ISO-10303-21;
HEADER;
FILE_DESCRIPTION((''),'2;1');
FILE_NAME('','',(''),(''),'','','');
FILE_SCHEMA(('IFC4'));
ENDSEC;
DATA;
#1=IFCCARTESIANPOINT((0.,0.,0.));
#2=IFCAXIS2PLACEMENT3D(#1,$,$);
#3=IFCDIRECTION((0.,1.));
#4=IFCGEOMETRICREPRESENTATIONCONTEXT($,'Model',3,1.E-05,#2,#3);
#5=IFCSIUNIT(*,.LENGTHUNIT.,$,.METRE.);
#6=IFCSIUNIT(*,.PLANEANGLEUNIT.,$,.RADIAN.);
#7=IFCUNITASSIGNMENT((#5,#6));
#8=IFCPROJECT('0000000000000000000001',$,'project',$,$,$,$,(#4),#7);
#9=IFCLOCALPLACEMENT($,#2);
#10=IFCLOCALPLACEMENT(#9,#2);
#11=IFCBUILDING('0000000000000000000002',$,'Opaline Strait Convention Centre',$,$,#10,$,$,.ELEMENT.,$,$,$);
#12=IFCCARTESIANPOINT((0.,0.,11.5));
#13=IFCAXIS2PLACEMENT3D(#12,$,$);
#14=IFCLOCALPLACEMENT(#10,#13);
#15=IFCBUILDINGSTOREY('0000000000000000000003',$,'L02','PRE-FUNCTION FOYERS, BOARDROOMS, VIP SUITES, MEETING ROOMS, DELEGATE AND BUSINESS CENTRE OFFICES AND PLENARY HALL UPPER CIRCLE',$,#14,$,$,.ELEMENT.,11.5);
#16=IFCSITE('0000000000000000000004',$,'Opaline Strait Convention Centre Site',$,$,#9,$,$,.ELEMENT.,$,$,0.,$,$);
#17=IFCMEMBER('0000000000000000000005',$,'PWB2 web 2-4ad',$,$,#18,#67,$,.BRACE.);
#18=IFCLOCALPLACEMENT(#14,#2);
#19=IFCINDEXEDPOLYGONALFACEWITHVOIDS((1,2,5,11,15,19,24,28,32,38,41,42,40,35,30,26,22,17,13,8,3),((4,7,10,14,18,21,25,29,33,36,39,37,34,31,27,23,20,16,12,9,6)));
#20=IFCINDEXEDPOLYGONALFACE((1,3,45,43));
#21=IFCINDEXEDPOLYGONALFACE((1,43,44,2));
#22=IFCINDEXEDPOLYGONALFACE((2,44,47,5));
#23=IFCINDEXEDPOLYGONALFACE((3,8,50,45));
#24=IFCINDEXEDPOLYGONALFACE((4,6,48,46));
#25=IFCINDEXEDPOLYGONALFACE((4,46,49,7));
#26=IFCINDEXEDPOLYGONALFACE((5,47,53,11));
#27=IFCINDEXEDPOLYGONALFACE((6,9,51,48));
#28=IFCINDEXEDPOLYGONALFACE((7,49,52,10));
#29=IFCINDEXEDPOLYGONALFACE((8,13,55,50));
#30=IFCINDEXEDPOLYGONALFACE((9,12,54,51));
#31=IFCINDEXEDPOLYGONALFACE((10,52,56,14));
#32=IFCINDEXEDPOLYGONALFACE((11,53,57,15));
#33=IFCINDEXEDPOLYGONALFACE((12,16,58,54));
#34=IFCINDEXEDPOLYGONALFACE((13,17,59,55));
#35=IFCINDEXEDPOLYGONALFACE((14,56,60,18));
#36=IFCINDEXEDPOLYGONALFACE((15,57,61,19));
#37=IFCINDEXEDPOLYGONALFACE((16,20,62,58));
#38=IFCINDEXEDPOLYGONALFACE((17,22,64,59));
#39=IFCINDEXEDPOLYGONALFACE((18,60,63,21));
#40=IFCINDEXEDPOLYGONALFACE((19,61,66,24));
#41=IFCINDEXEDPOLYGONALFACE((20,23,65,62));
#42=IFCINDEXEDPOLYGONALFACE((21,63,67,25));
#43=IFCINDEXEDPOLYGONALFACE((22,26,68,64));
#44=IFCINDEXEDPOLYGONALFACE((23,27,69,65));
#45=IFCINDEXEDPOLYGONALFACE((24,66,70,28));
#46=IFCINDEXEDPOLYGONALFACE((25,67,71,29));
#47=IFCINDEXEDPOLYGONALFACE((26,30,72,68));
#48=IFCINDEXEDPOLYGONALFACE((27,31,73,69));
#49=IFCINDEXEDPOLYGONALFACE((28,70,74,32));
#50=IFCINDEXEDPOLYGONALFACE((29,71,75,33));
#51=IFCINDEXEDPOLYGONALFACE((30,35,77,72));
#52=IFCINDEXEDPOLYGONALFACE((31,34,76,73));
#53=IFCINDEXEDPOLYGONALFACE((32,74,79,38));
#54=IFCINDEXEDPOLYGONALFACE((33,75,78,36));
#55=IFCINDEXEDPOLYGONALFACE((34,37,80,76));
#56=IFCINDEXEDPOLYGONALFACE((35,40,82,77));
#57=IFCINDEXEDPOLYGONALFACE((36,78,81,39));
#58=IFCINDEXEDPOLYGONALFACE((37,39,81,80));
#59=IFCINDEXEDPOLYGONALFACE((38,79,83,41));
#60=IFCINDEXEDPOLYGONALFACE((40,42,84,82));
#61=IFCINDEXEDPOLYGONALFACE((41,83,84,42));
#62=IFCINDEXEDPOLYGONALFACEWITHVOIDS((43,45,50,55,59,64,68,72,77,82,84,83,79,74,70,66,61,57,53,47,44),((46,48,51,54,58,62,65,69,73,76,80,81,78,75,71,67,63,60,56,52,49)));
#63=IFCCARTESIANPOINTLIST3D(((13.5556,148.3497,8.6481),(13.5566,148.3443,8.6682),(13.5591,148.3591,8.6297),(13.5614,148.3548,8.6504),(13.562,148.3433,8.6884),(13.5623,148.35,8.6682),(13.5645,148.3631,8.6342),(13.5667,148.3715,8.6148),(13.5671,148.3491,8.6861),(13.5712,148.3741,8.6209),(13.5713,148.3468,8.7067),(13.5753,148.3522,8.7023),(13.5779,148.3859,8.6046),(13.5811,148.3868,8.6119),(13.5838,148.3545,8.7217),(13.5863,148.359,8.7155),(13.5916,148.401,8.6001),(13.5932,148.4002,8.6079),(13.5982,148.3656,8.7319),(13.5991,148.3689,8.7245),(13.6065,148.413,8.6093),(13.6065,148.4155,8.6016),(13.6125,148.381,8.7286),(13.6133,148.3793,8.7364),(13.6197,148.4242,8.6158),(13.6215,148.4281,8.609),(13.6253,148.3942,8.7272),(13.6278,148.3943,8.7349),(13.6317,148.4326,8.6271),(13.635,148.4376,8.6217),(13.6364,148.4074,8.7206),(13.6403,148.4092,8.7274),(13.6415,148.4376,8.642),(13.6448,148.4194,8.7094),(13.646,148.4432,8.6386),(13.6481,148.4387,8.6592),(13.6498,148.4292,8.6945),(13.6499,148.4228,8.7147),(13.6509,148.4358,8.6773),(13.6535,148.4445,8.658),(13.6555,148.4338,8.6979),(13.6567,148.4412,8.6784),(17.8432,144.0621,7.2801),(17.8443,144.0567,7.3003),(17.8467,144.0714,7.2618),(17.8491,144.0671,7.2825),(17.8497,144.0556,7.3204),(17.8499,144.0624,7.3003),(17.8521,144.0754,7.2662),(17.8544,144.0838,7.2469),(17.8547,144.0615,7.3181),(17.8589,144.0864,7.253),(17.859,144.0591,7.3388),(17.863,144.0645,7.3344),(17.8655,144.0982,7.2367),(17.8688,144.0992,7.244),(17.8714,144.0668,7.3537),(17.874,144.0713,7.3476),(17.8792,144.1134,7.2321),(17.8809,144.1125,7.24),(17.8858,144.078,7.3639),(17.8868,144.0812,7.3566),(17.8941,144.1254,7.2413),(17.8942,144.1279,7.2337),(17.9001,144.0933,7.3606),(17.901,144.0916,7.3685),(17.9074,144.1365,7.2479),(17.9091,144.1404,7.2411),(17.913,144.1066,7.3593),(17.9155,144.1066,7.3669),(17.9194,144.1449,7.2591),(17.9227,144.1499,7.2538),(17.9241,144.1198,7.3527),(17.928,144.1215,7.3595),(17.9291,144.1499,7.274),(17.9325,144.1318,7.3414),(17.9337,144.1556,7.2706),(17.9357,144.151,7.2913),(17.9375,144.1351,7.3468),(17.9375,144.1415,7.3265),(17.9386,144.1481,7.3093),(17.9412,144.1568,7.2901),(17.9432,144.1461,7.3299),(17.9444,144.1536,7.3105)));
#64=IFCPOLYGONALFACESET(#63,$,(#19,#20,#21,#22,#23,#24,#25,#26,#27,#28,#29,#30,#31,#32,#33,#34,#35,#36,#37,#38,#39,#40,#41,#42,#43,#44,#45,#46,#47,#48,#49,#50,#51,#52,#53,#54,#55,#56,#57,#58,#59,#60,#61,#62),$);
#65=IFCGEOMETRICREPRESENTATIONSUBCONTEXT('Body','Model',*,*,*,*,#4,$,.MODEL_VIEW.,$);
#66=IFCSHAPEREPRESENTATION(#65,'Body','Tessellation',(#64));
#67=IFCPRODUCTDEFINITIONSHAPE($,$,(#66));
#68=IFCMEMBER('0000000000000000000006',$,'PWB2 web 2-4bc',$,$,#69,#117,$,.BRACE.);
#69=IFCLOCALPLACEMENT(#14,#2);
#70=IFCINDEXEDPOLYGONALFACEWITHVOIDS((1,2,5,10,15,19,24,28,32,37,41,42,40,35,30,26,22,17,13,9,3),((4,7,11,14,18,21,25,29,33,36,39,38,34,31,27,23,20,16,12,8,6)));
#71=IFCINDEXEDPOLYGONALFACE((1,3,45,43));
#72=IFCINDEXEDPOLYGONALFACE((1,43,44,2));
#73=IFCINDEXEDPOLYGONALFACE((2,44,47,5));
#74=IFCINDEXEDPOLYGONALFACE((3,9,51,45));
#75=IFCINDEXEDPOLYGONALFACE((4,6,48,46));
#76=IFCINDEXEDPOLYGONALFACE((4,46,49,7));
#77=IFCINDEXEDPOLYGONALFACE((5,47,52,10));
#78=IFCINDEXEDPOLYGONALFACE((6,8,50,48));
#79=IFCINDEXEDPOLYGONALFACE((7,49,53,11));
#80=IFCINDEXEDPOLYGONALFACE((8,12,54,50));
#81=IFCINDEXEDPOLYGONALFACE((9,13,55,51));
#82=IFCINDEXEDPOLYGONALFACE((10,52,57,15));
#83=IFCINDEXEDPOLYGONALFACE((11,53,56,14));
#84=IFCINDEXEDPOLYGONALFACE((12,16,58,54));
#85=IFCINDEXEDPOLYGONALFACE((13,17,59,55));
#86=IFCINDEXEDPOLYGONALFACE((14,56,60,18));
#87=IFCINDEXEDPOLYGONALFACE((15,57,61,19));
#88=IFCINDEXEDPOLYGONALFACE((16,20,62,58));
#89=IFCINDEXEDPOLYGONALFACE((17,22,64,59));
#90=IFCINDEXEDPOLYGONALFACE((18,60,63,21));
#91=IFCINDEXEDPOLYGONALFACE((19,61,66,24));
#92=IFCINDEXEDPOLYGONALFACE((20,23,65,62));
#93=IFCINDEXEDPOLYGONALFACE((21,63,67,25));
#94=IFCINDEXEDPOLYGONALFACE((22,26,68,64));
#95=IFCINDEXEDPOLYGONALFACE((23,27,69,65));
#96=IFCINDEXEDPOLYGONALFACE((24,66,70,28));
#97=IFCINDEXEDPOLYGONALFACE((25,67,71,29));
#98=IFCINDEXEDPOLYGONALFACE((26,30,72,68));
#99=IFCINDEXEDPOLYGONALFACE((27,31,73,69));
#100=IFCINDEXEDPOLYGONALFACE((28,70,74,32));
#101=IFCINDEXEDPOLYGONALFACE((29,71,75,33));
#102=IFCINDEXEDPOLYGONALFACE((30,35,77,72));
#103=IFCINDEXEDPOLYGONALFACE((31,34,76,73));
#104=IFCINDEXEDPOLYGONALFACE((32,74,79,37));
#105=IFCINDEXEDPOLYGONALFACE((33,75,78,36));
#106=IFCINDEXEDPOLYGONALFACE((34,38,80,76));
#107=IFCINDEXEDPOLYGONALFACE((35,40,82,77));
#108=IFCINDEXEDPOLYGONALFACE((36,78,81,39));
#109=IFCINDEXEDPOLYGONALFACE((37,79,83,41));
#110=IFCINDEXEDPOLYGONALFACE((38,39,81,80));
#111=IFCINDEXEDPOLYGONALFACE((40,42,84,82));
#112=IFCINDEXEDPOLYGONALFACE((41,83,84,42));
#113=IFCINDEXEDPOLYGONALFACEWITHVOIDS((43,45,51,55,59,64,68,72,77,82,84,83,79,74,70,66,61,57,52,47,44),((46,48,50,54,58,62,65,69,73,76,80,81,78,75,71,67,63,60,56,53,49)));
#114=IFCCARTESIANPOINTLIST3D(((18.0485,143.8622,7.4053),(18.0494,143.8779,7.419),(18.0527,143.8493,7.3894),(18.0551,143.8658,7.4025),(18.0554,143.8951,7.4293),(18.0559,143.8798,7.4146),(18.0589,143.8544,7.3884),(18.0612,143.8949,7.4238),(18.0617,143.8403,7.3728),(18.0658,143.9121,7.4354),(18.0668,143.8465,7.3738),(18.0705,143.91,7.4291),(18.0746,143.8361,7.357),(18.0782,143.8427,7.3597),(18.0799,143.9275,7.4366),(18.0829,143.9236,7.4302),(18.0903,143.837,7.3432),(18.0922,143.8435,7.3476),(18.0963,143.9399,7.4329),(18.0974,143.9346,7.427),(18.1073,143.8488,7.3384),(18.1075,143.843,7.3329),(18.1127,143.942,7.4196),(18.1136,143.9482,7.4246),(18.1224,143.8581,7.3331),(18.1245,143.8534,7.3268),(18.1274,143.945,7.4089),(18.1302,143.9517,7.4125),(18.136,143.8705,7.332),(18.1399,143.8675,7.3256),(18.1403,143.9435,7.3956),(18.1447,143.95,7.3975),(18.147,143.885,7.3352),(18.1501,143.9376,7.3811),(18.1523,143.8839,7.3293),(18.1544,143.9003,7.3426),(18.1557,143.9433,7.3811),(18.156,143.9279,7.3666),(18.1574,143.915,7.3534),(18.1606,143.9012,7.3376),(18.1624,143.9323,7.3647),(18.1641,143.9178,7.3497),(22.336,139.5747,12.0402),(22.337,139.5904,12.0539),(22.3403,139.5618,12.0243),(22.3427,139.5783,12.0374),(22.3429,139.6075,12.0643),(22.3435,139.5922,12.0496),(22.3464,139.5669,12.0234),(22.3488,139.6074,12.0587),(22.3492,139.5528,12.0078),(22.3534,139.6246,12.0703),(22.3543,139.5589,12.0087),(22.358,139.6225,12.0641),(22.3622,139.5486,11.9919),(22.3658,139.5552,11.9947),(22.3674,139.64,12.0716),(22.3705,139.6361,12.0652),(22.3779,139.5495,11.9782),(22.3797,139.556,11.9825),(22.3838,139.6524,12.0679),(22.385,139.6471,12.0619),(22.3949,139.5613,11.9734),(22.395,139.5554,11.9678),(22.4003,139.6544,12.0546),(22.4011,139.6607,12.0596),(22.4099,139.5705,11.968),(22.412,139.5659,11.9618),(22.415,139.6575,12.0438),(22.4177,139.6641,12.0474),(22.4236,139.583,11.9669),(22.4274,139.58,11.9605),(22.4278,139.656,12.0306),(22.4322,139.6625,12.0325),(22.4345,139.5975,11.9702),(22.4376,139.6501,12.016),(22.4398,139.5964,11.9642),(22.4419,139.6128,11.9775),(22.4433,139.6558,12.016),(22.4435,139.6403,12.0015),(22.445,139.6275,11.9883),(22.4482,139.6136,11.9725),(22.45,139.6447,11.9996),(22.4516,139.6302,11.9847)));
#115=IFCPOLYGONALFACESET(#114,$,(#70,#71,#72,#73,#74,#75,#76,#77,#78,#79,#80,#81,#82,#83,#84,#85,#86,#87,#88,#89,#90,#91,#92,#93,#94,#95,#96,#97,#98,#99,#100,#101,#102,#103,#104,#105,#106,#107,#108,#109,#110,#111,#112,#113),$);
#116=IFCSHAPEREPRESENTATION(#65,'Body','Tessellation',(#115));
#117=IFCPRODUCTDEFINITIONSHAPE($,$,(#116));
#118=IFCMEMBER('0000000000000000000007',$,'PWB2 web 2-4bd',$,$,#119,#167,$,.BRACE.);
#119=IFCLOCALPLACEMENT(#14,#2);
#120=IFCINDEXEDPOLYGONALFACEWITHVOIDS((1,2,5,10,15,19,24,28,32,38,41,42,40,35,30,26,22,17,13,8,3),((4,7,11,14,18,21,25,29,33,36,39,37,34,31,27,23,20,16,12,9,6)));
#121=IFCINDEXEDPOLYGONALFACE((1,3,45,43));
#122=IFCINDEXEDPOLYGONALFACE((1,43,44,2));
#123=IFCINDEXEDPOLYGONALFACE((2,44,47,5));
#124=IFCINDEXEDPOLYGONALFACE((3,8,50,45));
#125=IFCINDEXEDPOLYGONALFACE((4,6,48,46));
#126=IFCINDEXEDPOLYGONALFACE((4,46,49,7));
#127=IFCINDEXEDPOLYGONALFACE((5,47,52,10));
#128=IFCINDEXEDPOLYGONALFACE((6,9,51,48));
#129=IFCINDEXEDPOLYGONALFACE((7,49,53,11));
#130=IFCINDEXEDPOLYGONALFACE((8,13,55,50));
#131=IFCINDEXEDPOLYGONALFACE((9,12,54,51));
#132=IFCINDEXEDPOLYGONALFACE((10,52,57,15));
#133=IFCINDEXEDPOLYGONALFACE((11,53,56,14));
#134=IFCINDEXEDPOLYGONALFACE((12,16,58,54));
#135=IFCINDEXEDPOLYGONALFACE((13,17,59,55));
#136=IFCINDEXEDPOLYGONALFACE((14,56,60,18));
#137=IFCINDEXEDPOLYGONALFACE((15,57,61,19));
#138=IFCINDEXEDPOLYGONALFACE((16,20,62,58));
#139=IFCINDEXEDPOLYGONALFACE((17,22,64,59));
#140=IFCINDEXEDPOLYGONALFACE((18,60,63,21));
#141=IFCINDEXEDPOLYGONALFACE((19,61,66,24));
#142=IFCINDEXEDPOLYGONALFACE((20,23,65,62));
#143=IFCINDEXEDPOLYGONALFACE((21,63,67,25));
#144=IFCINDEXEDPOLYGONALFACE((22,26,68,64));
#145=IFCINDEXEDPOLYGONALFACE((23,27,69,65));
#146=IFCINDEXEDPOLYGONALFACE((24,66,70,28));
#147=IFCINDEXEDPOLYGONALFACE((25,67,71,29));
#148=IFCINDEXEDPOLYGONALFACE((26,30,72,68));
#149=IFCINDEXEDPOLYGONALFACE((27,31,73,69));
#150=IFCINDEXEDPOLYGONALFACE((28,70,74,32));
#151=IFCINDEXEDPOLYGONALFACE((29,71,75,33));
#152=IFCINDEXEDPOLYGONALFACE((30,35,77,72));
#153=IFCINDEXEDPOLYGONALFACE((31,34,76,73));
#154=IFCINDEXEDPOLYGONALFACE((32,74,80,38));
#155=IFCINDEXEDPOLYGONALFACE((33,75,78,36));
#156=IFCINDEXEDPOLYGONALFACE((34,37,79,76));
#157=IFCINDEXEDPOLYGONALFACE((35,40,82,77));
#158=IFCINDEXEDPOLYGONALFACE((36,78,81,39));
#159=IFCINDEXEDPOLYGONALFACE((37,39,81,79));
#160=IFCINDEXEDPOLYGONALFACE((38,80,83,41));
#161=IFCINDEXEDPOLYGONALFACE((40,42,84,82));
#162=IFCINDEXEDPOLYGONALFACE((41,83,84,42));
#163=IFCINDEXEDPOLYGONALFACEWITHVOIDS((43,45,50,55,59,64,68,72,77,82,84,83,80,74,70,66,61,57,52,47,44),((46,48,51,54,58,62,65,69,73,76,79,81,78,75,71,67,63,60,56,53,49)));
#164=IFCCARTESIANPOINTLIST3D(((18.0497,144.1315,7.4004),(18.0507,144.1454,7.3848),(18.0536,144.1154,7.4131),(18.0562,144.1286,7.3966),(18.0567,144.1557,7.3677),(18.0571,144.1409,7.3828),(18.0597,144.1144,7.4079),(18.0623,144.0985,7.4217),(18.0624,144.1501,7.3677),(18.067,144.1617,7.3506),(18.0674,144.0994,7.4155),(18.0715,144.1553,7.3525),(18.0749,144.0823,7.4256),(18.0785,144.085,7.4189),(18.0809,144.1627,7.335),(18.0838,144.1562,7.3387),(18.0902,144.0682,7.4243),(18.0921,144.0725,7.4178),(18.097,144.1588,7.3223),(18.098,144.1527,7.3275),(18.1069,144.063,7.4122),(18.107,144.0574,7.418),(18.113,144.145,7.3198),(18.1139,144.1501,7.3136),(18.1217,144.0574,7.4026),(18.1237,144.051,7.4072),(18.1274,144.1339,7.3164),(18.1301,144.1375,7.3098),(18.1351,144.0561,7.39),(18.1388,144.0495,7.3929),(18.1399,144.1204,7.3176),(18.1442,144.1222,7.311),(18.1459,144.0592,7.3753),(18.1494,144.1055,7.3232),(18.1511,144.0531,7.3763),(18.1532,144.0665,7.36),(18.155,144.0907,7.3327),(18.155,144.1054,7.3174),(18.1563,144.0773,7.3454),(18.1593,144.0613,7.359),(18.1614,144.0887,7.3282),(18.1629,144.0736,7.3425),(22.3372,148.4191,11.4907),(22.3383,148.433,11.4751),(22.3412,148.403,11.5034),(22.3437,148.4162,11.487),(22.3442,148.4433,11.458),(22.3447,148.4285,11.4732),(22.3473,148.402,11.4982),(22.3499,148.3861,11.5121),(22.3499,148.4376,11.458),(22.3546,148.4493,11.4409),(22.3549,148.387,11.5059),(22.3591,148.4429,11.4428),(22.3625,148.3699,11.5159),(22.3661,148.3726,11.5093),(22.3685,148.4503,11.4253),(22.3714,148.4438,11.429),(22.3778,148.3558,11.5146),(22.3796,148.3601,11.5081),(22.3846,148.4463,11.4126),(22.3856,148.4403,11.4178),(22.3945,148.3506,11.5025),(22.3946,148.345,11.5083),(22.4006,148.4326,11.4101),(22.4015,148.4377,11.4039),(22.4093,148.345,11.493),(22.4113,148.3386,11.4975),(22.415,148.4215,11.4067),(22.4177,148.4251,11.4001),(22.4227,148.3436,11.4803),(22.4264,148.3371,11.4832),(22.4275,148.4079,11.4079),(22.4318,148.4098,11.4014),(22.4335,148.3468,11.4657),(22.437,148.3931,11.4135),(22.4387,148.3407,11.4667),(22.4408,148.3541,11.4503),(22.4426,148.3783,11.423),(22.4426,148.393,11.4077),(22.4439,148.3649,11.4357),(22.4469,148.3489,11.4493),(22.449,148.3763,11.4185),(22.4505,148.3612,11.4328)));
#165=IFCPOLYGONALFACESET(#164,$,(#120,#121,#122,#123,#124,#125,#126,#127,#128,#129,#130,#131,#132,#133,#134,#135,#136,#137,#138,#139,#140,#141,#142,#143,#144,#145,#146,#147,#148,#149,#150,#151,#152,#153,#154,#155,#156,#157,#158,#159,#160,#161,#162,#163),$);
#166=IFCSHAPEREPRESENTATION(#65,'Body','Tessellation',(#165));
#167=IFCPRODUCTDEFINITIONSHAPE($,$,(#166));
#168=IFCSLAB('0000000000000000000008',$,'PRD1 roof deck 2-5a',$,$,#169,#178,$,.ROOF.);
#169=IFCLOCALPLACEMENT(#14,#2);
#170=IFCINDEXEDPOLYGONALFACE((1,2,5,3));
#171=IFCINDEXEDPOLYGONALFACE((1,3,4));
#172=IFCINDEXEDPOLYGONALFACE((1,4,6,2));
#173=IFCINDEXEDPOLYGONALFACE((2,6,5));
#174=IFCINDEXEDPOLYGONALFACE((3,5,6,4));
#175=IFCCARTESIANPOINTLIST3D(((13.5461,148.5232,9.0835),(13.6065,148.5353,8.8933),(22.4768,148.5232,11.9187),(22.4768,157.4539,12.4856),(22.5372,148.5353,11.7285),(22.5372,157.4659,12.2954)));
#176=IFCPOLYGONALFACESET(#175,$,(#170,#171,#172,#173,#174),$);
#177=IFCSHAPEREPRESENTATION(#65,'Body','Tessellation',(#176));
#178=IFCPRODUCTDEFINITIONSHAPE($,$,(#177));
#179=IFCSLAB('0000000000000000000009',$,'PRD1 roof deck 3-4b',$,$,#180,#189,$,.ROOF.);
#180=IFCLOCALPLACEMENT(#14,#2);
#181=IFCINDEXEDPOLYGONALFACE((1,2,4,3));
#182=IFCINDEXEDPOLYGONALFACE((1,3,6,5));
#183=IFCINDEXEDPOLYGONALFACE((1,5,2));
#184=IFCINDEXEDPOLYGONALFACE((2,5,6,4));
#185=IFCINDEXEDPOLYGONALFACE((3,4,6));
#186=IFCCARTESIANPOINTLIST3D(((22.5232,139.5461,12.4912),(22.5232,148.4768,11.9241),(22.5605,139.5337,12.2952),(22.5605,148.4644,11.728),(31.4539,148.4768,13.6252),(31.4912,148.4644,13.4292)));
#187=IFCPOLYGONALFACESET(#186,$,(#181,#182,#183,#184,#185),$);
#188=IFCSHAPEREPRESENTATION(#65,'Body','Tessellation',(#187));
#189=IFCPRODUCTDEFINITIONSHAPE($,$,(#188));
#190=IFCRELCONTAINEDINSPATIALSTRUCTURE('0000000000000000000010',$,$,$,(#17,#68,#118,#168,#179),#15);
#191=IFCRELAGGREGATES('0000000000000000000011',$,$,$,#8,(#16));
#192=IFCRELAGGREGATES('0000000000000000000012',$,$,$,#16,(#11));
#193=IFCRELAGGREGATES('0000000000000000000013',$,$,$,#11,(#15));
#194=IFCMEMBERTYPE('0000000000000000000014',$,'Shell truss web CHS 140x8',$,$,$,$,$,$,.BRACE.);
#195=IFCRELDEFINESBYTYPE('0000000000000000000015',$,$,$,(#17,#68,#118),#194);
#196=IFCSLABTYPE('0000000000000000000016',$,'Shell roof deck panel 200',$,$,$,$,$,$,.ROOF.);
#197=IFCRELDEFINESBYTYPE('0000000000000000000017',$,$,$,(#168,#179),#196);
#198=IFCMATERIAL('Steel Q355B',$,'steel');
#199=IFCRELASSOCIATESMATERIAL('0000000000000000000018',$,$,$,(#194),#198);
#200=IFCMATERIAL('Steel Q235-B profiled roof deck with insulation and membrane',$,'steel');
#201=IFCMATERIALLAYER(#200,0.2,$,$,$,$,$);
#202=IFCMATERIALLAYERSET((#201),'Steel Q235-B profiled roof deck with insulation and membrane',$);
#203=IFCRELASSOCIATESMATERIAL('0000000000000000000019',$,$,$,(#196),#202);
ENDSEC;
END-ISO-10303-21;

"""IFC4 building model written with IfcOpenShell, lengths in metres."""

from ifc_helpers import new_model, si_unit, direction, frame, origin, origin_2d, place, context, subcontext, project, spatial, polyline, hollow_circle, outline, extrude, material, layer, layer_set, material_profile, profile_set, type_object, element, save


model = new_model("IFC4")

# Units and contexts
model_context = context("Model", 3, precision=1e-05, world=origin(), true_north=direction((0.0, 1.0)))
body_context = subcontext(model_context, "Body", "Model", "MODEL_VIEW")
ifc_project = project(units=[si_unit("LENGTHUNIT", "METRE"), si_unit("PLANEANGLEUNIT", "RADIAN")], contexts=[model_context])

# Site, building, storey
site_placement = place(None, origin())
site = spatial("IfcSite", under=ifc_project, at=site_placement, Name="Opaline Strait Convention Centre Site", CompositionType="ELEMENT", RefElevation=0.0)
building_placement = place(site_placement, origin())
building = spatial("IfcBuilding", under=site, at=building_placement, Name="Opaline Strait Convention Centre", CompositionType="ELEMENT")
storey_placement = place(building_placement, frame((0.0, 0.0, 11.5)))
storey = spatial("IfcBuildingStorey", under=building, at=storey_placement, Name="L02", Description="PRE-FUNCTION FOYERS, BOARDROOMS, VIP SUITES, MEETING ROOMS, DELEGATE AND BUSINESS CENTRE OFFICES AND PLENARY HALL UPPER CIRCLE", CompositionType="ELEMENT", Elevation=11.5)

# Members
ifc_material_1 = material(Name="Steel Q355B", Category="steel")
ifc_material_profile_1 = material_profile(ifc_material_1, hollow_circle(Radius=0.0701, WallThickness=0.0081, at=origin_2d()), Name="CHS 140x8")
ifc_profile_set_1 = profile_set([ifc_material_profile_1], Name="Steel Q355B")
member_type_1 = type_object("IfcMemberType", Name="Shell truss web CHS 140x8", PredefinedType="BRACE", material=ifc_profile_set_1)
member_1_placement = place(storey_placement, frame((17.8938, 144.1062, 7.3003), z_axis=(-0.689772, 0.689772, 0.220066), x_axis=(-0.707107, -0.707107, 0.0)))
element("IfcMember", 1, at=member_1_placement, inside=storey, type_object=member_type_1, Name="PWB2 web 2-4ad", PredefinedType="BRACE", context=body_context, shape_type="SweptSolid", body=[
    extrude(hollow_circle(Radius=0.0701, WallThickness=0.0081, at=origin_2d()), origin(), (0.0, 0.0, 1.0), 6.2161),
])
member_2_placement = place(storey_placement, frame((18.1062, 143.8938, 7.3811), z_axis=(0.561778, -0.561778, 0.607298), x_axis=(0.707107, 0.707107, 0.0)))
element("IfcMember", 2, at=member_2_placement, inside=storey, type_object=member_type_1, Name="PWB2 web 2-4bc", PredefinedType="BRACE", context=body_context, shape_type="SweptSolid", body=[
    extrude(hollow_circle(Radius=0.0701, WallThickness=0.0081, at=origin_2d()), origin(), (0.0, 0.0, 1.0), 7.6321),
])
member_3_placement = place(storey_placement, frame((18.1062, 144.1062, 7.3677), z_axis=(0.5862, 0.5862, 0.55923), x_axis=(-0.707107, 0.707107, 0.0)))
element("IfcMember", 3, at=member_3_placement, inside=storey, type_object=member_type_1, Name="PWB2 web 2-4bd", PredefinedType="BRACE", context=body_context, shape_type="SweptSolid", body=[
    extrude(hollow_circle(Radius=0.0701, WallThickness=0.0081, at=origin_2d()), origin(), (0.0, 0.0, 1.0), 7.3142),
])

# Slabs
ifc_material_2 = material(Name="Steel Q235-B profiled roof deck with insulation and membrane", Category="steel")
ifc_layer_1 = layer(ifc_material_2, 0.2)
ifc_layer_set_1 = layer_set([ifc_layer_1], Name="Steel Q235-B profiled roof deck with insulation and membrane")
slab_type = type_object("IfcSlabType", Name="Shell roof deck panel 200", PredefinedType="ROOF", material=ifc_layer_set_1)
slab_1_placement = place(storey_placement, frame((13.5461, 148.5232, 9.0835), z_axis=(-0.302034, -0.060391, 0.951382), x_axis=(0.953122, 0.0, 0.302586)))
element("IfcSlab", 4, at=slab_1_placement, inside=storey, type_object=slab_type, Name="PRD1 roof deck 2-5a", PredefinedType="ROOF", context=body_context, shape_type="SweptSolid", body=[
    extrude(outline(polyline([(0.0, 0.0), (9.3699, 0.0), (9.5414, 8.947), (0.0, 0.0)])), origin(), (0.0, 0.0, -1.0), 0.2),
])
slab_2_placement = place(storey_placement, frame((22.5232, 139.5461, 12.4912), z_axis=(-0.186759, 0.062262, 0.980431), x_axis=(0.704273, 0.704273, 0.08943)))
element("IfcSlab", 5, at=slab_2_placement, inside=storey, type_object=slab_type, Name="PRD1 roof deck 3-4b", PredefinedType="ROOF", context=body_context, shape_type="SweptSolid", body=[
    extrude(outline(polyline([(0.0, 0.0), (12.6807, 0.0), (6.2389, 6.4152), (0.0, 0.0)])), origin(), (0.0, 0.0, -1.0), 0.2),
])

save(model, "model.ifc")
